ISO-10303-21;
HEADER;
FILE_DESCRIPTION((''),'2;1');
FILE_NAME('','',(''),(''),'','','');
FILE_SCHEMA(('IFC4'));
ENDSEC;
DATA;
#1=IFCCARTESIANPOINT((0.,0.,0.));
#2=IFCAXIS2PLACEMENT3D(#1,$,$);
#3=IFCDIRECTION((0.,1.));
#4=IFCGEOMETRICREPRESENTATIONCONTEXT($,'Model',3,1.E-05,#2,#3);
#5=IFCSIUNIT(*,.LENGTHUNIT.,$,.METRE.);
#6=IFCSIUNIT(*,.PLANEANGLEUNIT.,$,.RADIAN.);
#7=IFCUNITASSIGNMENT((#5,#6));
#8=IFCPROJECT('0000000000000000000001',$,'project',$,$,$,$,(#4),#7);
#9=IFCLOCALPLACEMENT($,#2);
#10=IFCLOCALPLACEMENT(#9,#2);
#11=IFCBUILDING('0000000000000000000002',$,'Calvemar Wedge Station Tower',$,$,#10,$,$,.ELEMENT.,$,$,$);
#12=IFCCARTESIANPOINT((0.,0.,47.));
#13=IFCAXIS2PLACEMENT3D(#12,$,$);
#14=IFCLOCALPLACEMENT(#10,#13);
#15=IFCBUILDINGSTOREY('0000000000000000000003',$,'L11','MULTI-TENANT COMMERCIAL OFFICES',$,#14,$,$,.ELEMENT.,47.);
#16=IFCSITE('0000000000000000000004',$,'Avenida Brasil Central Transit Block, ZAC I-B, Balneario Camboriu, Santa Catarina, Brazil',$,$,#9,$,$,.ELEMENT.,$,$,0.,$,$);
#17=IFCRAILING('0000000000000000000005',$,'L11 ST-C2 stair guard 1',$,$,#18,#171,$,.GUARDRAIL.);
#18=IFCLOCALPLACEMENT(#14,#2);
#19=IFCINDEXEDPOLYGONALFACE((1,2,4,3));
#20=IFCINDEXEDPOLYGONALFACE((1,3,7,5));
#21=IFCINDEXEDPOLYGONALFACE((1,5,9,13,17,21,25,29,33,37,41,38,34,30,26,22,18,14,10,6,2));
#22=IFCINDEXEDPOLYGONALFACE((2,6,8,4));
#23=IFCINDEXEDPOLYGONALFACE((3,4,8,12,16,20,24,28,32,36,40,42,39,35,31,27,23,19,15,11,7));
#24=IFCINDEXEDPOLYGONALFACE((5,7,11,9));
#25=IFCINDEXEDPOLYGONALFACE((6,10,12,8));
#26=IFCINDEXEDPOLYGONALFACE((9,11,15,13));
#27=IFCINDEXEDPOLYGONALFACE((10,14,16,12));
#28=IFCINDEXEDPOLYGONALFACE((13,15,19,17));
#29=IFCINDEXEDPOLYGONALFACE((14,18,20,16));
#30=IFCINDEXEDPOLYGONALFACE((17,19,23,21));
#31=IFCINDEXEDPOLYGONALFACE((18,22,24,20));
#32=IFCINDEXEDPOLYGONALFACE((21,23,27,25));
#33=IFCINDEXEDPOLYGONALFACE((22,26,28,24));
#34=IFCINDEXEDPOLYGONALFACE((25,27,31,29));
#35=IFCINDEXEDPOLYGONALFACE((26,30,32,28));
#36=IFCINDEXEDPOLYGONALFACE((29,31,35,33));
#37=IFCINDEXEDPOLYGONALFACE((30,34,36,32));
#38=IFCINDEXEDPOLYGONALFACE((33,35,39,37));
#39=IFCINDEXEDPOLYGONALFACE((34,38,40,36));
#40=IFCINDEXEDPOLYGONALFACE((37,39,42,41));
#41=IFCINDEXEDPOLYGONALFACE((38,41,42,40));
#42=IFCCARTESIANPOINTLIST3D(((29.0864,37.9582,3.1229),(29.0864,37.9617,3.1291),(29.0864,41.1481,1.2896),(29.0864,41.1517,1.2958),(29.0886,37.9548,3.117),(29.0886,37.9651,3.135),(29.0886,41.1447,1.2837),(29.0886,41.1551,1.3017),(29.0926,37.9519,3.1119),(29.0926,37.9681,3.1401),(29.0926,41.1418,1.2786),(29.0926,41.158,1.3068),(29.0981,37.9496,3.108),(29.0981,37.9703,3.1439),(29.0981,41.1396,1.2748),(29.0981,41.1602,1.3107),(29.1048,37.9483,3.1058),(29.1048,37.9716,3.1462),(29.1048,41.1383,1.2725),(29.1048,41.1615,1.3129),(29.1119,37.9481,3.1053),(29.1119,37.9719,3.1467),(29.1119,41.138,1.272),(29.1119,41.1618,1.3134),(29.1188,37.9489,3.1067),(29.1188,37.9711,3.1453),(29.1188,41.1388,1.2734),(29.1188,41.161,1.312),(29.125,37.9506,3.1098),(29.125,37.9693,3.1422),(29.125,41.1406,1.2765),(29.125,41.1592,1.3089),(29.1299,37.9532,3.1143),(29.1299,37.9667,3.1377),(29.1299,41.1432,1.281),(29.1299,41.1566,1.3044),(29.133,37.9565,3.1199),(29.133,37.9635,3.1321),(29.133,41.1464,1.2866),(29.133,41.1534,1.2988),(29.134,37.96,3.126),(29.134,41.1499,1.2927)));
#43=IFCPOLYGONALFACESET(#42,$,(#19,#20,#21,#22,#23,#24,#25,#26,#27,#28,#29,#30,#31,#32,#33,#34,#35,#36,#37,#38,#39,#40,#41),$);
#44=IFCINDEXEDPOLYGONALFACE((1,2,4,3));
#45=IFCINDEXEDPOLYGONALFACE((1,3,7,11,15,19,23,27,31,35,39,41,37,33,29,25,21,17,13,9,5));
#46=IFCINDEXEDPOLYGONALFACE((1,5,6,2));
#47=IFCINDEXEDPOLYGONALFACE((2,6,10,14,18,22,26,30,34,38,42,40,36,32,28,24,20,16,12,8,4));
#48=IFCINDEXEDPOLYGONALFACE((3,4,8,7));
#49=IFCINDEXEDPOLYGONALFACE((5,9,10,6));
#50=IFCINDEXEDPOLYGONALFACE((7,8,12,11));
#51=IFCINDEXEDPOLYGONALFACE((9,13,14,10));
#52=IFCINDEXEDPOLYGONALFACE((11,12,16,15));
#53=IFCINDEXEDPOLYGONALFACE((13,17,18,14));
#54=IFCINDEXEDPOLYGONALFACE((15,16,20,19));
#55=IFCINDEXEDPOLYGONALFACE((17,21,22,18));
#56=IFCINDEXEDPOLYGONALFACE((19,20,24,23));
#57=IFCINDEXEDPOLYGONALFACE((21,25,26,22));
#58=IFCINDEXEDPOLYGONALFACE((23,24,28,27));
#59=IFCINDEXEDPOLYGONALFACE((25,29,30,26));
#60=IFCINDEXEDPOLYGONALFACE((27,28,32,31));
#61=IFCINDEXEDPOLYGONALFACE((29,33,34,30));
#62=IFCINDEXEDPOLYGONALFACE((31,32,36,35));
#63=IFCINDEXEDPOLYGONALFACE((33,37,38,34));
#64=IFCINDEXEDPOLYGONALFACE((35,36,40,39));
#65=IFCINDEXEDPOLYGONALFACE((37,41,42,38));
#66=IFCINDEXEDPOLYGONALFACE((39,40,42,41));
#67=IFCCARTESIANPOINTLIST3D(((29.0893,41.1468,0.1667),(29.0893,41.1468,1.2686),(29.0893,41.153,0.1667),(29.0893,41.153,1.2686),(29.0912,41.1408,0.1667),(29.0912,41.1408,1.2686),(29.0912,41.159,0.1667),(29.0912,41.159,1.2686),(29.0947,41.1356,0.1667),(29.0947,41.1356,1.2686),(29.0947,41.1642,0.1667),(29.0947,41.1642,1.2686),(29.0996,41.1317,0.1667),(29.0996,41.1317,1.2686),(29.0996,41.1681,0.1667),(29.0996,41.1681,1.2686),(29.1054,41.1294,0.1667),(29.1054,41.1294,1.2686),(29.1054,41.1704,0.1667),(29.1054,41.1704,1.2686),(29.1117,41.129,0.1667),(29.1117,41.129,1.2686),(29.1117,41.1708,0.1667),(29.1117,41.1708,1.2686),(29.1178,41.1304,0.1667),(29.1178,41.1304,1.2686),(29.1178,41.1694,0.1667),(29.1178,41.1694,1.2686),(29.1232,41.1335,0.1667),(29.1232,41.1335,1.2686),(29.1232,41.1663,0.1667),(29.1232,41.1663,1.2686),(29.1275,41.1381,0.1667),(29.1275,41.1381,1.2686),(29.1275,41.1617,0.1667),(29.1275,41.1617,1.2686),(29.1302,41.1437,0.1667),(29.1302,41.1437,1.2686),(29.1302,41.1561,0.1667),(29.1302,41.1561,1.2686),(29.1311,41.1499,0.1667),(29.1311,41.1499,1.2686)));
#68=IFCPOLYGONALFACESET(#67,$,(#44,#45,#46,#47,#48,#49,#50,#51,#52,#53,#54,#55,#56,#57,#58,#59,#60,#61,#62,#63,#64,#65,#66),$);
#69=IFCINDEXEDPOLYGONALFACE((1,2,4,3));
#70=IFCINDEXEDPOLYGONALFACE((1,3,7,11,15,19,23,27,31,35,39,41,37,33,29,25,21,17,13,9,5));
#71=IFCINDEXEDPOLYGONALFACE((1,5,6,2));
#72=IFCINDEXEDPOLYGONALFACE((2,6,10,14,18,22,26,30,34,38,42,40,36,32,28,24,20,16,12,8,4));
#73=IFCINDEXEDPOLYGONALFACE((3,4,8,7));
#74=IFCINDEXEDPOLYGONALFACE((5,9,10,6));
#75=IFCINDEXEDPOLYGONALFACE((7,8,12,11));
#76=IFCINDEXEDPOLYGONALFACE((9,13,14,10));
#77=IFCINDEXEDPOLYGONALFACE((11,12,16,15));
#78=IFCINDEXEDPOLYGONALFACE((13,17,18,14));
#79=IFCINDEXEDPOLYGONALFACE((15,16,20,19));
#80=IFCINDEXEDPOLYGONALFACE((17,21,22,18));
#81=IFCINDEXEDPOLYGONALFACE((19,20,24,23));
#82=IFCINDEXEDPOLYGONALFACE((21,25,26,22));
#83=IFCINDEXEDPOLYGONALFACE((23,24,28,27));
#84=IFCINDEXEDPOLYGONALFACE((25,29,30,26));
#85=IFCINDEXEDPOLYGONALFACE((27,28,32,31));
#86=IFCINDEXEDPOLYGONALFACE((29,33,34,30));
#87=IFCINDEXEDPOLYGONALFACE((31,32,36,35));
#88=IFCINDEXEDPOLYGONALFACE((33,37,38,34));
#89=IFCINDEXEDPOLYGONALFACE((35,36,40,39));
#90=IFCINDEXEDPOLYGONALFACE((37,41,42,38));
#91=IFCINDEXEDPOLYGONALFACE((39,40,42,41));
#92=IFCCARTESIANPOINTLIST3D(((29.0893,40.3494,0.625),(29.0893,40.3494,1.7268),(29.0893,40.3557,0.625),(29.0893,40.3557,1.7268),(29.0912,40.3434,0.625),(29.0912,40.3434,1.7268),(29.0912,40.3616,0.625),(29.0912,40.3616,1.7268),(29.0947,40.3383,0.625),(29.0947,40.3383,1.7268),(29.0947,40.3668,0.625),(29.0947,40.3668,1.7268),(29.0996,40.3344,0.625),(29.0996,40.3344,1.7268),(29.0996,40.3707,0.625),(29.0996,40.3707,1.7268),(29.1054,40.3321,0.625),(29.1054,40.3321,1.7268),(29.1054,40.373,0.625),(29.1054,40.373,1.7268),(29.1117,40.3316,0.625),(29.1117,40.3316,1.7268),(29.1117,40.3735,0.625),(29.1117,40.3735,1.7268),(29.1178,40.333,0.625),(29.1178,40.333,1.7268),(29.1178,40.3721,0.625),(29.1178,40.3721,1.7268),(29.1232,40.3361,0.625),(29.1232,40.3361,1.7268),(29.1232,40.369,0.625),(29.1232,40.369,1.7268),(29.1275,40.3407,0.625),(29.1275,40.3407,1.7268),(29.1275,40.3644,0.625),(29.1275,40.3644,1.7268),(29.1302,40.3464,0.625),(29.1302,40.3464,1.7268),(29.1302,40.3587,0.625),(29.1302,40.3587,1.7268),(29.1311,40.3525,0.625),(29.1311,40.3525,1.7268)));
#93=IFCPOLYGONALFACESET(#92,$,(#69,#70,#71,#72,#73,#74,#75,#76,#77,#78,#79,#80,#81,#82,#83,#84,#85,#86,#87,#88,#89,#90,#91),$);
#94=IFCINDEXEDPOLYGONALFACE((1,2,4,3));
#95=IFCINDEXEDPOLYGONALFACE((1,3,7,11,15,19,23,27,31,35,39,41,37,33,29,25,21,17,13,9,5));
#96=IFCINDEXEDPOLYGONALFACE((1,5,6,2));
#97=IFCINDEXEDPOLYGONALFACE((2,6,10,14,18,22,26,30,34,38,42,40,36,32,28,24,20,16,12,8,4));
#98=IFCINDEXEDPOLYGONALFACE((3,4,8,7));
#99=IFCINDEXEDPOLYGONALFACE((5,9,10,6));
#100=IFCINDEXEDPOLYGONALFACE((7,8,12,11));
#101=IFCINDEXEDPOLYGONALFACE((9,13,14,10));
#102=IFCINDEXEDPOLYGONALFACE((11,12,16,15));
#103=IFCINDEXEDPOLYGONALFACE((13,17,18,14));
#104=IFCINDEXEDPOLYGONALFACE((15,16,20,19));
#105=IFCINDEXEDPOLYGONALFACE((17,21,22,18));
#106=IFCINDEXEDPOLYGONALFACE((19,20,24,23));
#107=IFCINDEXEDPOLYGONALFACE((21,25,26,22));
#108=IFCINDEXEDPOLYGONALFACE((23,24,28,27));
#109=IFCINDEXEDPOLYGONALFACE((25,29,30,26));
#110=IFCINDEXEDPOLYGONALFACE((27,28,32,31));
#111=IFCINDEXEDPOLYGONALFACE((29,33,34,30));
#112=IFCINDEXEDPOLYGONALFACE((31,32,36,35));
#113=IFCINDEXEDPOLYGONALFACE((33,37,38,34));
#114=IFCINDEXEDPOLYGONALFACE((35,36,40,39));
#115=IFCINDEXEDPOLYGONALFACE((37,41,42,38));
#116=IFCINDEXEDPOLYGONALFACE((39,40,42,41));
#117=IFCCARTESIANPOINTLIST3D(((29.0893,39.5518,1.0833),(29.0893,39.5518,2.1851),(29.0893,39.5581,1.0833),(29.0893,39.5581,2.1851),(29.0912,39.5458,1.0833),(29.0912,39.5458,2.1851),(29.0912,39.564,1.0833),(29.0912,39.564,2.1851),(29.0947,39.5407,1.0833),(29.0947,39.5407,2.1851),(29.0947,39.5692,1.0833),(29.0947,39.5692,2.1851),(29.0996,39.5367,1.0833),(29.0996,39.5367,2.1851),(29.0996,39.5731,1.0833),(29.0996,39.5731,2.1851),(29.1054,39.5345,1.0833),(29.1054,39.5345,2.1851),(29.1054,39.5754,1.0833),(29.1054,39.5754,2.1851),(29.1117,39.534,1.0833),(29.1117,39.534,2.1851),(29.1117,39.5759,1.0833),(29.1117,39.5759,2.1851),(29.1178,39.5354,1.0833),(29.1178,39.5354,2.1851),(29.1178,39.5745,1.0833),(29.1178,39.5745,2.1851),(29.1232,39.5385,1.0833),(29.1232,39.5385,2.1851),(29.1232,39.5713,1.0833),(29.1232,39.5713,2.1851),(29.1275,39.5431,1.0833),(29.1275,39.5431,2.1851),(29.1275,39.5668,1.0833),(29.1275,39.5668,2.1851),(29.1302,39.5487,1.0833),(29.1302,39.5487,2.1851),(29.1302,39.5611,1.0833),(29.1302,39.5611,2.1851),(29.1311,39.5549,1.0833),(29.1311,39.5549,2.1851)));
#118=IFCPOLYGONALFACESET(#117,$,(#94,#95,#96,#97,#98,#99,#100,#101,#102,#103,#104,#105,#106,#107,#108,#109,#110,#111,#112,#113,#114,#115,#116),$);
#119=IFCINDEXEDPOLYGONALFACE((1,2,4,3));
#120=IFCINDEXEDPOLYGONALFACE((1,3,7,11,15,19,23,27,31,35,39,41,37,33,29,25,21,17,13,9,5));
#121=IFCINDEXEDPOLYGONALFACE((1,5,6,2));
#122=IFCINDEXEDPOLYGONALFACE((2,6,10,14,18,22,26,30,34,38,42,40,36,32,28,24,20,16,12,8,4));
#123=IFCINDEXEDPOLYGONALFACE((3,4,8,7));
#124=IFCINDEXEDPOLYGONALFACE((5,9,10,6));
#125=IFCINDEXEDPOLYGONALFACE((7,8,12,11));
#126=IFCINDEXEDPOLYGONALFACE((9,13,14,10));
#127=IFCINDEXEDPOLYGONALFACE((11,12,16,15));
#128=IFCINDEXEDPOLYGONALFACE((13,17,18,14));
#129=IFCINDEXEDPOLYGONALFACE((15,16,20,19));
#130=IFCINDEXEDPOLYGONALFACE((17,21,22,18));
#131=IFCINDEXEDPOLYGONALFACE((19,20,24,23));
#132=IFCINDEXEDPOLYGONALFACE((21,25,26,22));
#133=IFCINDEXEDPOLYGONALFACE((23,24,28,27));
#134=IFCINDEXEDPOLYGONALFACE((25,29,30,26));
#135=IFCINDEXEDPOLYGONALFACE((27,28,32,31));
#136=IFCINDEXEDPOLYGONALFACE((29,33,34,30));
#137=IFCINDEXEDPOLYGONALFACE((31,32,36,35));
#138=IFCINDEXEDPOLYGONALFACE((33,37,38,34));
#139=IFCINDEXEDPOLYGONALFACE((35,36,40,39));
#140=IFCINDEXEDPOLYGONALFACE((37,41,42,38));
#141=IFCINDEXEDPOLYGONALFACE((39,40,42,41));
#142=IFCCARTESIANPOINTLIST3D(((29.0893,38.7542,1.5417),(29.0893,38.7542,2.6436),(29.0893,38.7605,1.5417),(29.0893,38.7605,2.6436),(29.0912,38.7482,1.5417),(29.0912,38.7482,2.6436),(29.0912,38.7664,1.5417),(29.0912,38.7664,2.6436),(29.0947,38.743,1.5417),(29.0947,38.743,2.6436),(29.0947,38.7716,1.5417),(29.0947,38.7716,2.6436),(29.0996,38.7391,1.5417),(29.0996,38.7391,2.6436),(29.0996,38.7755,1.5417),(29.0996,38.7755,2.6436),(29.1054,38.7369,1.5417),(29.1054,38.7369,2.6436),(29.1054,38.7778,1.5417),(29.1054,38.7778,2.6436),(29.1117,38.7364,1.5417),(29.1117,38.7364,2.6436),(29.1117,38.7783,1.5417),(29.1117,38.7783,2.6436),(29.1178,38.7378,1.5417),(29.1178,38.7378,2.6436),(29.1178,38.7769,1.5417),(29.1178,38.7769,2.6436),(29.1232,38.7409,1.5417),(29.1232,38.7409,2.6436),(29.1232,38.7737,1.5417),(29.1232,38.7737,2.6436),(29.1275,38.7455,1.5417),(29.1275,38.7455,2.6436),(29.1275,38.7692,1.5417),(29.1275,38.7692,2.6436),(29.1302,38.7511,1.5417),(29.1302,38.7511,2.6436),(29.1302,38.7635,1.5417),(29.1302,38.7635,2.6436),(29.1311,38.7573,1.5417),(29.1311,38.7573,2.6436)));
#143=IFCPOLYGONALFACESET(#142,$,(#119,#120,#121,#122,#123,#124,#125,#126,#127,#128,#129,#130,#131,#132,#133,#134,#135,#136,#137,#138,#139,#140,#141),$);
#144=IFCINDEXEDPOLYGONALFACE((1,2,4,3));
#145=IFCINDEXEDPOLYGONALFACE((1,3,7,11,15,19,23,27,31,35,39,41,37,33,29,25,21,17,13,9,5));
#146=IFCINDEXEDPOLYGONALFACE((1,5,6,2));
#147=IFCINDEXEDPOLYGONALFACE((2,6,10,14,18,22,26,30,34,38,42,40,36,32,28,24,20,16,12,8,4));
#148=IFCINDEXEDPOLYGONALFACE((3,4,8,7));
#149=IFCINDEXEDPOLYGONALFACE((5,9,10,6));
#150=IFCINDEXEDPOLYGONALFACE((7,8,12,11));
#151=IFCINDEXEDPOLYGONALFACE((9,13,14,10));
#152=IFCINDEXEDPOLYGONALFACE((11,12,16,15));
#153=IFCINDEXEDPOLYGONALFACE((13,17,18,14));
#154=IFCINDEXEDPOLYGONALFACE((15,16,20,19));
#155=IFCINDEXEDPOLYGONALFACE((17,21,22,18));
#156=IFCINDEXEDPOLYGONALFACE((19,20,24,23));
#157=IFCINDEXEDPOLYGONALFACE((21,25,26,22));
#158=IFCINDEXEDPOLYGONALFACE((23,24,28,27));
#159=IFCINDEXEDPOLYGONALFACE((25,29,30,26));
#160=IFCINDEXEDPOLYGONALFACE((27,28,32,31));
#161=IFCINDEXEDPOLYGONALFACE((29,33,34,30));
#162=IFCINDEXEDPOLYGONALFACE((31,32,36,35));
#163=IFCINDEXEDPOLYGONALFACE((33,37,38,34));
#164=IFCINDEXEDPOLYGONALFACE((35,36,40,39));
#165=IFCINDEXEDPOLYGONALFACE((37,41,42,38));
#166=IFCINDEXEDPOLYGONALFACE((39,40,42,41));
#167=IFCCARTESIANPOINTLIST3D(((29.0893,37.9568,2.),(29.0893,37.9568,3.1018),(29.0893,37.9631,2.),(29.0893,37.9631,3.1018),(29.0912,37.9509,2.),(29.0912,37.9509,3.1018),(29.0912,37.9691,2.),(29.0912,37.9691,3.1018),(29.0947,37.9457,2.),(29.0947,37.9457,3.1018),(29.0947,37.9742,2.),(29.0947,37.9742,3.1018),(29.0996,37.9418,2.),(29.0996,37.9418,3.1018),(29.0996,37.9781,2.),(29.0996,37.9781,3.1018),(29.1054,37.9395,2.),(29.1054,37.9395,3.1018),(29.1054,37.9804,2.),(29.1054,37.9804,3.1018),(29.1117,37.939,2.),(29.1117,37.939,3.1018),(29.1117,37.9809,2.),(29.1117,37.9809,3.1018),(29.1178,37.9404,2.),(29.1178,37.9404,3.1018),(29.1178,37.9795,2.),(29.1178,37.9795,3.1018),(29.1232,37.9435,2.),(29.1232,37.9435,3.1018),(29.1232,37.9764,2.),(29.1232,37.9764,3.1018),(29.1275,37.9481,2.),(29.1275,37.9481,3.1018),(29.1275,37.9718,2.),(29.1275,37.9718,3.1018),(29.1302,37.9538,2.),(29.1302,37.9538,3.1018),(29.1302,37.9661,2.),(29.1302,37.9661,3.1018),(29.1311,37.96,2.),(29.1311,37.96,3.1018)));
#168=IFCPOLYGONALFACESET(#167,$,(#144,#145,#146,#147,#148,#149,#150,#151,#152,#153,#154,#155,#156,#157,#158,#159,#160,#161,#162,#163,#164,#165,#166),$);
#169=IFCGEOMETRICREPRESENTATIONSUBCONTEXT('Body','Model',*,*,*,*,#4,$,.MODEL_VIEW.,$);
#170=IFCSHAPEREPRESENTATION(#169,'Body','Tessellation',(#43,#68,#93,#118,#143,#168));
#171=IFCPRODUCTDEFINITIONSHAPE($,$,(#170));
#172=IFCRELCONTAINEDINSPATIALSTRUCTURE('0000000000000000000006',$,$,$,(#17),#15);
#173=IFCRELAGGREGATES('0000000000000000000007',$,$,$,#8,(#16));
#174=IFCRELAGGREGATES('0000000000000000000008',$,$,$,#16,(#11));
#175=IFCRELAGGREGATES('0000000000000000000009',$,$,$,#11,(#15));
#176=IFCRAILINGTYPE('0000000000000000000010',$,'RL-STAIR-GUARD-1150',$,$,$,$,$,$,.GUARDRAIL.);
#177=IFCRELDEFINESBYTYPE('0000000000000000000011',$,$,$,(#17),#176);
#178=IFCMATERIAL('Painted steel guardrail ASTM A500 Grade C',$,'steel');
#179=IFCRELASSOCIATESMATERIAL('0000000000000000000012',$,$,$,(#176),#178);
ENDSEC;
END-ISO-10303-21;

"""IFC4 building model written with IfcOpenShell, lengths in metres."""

from ifc_helpers import new_model, si_unit, direction, frame, origin, origin_2d, place, context, subcontext, project, spatial, circle, extrude, material, type_object, element, save


model = new_model("IFC4")

# Units and contexts
model_context = context("Model", 3, precision=1e-05, world=origin(), true_north=direction((0.0, 1.0)))
body_context = subcontext(model_context, "Body", "Model", "MODEL_VIEW")
ifc_project = project(units=[si_unit("LENGTHUNIT", "METRE"), si_unit("PLANEANGLEUNIT", "RADIAN")], contexts=[model_context])

# Site, building, storey
site_placement = place(None, origin())
site = spatial("IfcSite", under=ifc_project, at=site_placement, Name="Avenida Brasil Central Transit Block, ZAC I-B, Balneario Camboriu, Santa Catarina, Brazil", CompositionType="ELEMENT", RefElevation=0.0)
building_placement = place(site_placement, origin())
building = spatial("IfcBuilding", under=site, at=building_placement, Name="Calvemar Wedge Station Tower", CompositionType="ELEMENT")
storey_placement = place(building_placement, frame((0.0, 0.0, 47.0)))
storey = spatial("IfcBuildingStorey", under=building, at=storey_placement, Name="L11", Description="MULTI-TENANT COMMERCIAL OFFICES", CompositionType="ELEMENT", Elevation=47.0)

# Railing
ifc_material_1 = material(Name="Painted steel guardrail ASTM A500 Grade C", Category="steel")
railing_type_1 = type_object("IfcRailingType", Name="RL-STAIR-GUARD-1150", PredefinedType="GUARDRAIL", material=ifc_material_1)
railing_1_placement = place(storey_placement, frame((29.1101, 41.1499, 0.1667)))
element("IfcRailing", 1, at=railing_1_placement, inside=storey, type_object=railing_type_1, Name="L11 ST-C2 stair guard 1", PredefinedType="GUARDRAIL", context=body_context, shape_type="SweptSolid", body=[
    extrude(circle(Radius=0.0239, at=origin_2d()), frame((0.0, 0.0, 1.126), z_axis=(0.0, -0.86702, 0.498274), x_axis=(1.0, 0.0, 0.0)), (0.0, 0.0, 1.0), 3.6792),
    extrude(circle(Radius=0.021, at=origin_2d()), origin(), (0.0, 0.0, 1.0), 1.1018),
    extrude(circle(Radius=0.021, at=origin_2d()), frame((0.0, -0.7974, 0.4583)), (0.0, 0.0, 1.0), 1.1018),
    extrude(circle(Radius=0.021, at=origin_2d()), frame((0.0, -1.595, 0.9165)), (0.0, 0.0, 1.0), 1.1018),
    extrude(circle(Radius=0.021, at=origin_2d()), frame((0.0, -2.3926, 1.375)), (0.0, 0.0, 1.0), 1.1018),
    extrude(circle(Radius=0.021, at=origin_2d()), frame((0.0, -3.1899, 1.8333)), (0.0, 0.0, 1.0), 1.1018),
])

save(model, "model.ifc")
